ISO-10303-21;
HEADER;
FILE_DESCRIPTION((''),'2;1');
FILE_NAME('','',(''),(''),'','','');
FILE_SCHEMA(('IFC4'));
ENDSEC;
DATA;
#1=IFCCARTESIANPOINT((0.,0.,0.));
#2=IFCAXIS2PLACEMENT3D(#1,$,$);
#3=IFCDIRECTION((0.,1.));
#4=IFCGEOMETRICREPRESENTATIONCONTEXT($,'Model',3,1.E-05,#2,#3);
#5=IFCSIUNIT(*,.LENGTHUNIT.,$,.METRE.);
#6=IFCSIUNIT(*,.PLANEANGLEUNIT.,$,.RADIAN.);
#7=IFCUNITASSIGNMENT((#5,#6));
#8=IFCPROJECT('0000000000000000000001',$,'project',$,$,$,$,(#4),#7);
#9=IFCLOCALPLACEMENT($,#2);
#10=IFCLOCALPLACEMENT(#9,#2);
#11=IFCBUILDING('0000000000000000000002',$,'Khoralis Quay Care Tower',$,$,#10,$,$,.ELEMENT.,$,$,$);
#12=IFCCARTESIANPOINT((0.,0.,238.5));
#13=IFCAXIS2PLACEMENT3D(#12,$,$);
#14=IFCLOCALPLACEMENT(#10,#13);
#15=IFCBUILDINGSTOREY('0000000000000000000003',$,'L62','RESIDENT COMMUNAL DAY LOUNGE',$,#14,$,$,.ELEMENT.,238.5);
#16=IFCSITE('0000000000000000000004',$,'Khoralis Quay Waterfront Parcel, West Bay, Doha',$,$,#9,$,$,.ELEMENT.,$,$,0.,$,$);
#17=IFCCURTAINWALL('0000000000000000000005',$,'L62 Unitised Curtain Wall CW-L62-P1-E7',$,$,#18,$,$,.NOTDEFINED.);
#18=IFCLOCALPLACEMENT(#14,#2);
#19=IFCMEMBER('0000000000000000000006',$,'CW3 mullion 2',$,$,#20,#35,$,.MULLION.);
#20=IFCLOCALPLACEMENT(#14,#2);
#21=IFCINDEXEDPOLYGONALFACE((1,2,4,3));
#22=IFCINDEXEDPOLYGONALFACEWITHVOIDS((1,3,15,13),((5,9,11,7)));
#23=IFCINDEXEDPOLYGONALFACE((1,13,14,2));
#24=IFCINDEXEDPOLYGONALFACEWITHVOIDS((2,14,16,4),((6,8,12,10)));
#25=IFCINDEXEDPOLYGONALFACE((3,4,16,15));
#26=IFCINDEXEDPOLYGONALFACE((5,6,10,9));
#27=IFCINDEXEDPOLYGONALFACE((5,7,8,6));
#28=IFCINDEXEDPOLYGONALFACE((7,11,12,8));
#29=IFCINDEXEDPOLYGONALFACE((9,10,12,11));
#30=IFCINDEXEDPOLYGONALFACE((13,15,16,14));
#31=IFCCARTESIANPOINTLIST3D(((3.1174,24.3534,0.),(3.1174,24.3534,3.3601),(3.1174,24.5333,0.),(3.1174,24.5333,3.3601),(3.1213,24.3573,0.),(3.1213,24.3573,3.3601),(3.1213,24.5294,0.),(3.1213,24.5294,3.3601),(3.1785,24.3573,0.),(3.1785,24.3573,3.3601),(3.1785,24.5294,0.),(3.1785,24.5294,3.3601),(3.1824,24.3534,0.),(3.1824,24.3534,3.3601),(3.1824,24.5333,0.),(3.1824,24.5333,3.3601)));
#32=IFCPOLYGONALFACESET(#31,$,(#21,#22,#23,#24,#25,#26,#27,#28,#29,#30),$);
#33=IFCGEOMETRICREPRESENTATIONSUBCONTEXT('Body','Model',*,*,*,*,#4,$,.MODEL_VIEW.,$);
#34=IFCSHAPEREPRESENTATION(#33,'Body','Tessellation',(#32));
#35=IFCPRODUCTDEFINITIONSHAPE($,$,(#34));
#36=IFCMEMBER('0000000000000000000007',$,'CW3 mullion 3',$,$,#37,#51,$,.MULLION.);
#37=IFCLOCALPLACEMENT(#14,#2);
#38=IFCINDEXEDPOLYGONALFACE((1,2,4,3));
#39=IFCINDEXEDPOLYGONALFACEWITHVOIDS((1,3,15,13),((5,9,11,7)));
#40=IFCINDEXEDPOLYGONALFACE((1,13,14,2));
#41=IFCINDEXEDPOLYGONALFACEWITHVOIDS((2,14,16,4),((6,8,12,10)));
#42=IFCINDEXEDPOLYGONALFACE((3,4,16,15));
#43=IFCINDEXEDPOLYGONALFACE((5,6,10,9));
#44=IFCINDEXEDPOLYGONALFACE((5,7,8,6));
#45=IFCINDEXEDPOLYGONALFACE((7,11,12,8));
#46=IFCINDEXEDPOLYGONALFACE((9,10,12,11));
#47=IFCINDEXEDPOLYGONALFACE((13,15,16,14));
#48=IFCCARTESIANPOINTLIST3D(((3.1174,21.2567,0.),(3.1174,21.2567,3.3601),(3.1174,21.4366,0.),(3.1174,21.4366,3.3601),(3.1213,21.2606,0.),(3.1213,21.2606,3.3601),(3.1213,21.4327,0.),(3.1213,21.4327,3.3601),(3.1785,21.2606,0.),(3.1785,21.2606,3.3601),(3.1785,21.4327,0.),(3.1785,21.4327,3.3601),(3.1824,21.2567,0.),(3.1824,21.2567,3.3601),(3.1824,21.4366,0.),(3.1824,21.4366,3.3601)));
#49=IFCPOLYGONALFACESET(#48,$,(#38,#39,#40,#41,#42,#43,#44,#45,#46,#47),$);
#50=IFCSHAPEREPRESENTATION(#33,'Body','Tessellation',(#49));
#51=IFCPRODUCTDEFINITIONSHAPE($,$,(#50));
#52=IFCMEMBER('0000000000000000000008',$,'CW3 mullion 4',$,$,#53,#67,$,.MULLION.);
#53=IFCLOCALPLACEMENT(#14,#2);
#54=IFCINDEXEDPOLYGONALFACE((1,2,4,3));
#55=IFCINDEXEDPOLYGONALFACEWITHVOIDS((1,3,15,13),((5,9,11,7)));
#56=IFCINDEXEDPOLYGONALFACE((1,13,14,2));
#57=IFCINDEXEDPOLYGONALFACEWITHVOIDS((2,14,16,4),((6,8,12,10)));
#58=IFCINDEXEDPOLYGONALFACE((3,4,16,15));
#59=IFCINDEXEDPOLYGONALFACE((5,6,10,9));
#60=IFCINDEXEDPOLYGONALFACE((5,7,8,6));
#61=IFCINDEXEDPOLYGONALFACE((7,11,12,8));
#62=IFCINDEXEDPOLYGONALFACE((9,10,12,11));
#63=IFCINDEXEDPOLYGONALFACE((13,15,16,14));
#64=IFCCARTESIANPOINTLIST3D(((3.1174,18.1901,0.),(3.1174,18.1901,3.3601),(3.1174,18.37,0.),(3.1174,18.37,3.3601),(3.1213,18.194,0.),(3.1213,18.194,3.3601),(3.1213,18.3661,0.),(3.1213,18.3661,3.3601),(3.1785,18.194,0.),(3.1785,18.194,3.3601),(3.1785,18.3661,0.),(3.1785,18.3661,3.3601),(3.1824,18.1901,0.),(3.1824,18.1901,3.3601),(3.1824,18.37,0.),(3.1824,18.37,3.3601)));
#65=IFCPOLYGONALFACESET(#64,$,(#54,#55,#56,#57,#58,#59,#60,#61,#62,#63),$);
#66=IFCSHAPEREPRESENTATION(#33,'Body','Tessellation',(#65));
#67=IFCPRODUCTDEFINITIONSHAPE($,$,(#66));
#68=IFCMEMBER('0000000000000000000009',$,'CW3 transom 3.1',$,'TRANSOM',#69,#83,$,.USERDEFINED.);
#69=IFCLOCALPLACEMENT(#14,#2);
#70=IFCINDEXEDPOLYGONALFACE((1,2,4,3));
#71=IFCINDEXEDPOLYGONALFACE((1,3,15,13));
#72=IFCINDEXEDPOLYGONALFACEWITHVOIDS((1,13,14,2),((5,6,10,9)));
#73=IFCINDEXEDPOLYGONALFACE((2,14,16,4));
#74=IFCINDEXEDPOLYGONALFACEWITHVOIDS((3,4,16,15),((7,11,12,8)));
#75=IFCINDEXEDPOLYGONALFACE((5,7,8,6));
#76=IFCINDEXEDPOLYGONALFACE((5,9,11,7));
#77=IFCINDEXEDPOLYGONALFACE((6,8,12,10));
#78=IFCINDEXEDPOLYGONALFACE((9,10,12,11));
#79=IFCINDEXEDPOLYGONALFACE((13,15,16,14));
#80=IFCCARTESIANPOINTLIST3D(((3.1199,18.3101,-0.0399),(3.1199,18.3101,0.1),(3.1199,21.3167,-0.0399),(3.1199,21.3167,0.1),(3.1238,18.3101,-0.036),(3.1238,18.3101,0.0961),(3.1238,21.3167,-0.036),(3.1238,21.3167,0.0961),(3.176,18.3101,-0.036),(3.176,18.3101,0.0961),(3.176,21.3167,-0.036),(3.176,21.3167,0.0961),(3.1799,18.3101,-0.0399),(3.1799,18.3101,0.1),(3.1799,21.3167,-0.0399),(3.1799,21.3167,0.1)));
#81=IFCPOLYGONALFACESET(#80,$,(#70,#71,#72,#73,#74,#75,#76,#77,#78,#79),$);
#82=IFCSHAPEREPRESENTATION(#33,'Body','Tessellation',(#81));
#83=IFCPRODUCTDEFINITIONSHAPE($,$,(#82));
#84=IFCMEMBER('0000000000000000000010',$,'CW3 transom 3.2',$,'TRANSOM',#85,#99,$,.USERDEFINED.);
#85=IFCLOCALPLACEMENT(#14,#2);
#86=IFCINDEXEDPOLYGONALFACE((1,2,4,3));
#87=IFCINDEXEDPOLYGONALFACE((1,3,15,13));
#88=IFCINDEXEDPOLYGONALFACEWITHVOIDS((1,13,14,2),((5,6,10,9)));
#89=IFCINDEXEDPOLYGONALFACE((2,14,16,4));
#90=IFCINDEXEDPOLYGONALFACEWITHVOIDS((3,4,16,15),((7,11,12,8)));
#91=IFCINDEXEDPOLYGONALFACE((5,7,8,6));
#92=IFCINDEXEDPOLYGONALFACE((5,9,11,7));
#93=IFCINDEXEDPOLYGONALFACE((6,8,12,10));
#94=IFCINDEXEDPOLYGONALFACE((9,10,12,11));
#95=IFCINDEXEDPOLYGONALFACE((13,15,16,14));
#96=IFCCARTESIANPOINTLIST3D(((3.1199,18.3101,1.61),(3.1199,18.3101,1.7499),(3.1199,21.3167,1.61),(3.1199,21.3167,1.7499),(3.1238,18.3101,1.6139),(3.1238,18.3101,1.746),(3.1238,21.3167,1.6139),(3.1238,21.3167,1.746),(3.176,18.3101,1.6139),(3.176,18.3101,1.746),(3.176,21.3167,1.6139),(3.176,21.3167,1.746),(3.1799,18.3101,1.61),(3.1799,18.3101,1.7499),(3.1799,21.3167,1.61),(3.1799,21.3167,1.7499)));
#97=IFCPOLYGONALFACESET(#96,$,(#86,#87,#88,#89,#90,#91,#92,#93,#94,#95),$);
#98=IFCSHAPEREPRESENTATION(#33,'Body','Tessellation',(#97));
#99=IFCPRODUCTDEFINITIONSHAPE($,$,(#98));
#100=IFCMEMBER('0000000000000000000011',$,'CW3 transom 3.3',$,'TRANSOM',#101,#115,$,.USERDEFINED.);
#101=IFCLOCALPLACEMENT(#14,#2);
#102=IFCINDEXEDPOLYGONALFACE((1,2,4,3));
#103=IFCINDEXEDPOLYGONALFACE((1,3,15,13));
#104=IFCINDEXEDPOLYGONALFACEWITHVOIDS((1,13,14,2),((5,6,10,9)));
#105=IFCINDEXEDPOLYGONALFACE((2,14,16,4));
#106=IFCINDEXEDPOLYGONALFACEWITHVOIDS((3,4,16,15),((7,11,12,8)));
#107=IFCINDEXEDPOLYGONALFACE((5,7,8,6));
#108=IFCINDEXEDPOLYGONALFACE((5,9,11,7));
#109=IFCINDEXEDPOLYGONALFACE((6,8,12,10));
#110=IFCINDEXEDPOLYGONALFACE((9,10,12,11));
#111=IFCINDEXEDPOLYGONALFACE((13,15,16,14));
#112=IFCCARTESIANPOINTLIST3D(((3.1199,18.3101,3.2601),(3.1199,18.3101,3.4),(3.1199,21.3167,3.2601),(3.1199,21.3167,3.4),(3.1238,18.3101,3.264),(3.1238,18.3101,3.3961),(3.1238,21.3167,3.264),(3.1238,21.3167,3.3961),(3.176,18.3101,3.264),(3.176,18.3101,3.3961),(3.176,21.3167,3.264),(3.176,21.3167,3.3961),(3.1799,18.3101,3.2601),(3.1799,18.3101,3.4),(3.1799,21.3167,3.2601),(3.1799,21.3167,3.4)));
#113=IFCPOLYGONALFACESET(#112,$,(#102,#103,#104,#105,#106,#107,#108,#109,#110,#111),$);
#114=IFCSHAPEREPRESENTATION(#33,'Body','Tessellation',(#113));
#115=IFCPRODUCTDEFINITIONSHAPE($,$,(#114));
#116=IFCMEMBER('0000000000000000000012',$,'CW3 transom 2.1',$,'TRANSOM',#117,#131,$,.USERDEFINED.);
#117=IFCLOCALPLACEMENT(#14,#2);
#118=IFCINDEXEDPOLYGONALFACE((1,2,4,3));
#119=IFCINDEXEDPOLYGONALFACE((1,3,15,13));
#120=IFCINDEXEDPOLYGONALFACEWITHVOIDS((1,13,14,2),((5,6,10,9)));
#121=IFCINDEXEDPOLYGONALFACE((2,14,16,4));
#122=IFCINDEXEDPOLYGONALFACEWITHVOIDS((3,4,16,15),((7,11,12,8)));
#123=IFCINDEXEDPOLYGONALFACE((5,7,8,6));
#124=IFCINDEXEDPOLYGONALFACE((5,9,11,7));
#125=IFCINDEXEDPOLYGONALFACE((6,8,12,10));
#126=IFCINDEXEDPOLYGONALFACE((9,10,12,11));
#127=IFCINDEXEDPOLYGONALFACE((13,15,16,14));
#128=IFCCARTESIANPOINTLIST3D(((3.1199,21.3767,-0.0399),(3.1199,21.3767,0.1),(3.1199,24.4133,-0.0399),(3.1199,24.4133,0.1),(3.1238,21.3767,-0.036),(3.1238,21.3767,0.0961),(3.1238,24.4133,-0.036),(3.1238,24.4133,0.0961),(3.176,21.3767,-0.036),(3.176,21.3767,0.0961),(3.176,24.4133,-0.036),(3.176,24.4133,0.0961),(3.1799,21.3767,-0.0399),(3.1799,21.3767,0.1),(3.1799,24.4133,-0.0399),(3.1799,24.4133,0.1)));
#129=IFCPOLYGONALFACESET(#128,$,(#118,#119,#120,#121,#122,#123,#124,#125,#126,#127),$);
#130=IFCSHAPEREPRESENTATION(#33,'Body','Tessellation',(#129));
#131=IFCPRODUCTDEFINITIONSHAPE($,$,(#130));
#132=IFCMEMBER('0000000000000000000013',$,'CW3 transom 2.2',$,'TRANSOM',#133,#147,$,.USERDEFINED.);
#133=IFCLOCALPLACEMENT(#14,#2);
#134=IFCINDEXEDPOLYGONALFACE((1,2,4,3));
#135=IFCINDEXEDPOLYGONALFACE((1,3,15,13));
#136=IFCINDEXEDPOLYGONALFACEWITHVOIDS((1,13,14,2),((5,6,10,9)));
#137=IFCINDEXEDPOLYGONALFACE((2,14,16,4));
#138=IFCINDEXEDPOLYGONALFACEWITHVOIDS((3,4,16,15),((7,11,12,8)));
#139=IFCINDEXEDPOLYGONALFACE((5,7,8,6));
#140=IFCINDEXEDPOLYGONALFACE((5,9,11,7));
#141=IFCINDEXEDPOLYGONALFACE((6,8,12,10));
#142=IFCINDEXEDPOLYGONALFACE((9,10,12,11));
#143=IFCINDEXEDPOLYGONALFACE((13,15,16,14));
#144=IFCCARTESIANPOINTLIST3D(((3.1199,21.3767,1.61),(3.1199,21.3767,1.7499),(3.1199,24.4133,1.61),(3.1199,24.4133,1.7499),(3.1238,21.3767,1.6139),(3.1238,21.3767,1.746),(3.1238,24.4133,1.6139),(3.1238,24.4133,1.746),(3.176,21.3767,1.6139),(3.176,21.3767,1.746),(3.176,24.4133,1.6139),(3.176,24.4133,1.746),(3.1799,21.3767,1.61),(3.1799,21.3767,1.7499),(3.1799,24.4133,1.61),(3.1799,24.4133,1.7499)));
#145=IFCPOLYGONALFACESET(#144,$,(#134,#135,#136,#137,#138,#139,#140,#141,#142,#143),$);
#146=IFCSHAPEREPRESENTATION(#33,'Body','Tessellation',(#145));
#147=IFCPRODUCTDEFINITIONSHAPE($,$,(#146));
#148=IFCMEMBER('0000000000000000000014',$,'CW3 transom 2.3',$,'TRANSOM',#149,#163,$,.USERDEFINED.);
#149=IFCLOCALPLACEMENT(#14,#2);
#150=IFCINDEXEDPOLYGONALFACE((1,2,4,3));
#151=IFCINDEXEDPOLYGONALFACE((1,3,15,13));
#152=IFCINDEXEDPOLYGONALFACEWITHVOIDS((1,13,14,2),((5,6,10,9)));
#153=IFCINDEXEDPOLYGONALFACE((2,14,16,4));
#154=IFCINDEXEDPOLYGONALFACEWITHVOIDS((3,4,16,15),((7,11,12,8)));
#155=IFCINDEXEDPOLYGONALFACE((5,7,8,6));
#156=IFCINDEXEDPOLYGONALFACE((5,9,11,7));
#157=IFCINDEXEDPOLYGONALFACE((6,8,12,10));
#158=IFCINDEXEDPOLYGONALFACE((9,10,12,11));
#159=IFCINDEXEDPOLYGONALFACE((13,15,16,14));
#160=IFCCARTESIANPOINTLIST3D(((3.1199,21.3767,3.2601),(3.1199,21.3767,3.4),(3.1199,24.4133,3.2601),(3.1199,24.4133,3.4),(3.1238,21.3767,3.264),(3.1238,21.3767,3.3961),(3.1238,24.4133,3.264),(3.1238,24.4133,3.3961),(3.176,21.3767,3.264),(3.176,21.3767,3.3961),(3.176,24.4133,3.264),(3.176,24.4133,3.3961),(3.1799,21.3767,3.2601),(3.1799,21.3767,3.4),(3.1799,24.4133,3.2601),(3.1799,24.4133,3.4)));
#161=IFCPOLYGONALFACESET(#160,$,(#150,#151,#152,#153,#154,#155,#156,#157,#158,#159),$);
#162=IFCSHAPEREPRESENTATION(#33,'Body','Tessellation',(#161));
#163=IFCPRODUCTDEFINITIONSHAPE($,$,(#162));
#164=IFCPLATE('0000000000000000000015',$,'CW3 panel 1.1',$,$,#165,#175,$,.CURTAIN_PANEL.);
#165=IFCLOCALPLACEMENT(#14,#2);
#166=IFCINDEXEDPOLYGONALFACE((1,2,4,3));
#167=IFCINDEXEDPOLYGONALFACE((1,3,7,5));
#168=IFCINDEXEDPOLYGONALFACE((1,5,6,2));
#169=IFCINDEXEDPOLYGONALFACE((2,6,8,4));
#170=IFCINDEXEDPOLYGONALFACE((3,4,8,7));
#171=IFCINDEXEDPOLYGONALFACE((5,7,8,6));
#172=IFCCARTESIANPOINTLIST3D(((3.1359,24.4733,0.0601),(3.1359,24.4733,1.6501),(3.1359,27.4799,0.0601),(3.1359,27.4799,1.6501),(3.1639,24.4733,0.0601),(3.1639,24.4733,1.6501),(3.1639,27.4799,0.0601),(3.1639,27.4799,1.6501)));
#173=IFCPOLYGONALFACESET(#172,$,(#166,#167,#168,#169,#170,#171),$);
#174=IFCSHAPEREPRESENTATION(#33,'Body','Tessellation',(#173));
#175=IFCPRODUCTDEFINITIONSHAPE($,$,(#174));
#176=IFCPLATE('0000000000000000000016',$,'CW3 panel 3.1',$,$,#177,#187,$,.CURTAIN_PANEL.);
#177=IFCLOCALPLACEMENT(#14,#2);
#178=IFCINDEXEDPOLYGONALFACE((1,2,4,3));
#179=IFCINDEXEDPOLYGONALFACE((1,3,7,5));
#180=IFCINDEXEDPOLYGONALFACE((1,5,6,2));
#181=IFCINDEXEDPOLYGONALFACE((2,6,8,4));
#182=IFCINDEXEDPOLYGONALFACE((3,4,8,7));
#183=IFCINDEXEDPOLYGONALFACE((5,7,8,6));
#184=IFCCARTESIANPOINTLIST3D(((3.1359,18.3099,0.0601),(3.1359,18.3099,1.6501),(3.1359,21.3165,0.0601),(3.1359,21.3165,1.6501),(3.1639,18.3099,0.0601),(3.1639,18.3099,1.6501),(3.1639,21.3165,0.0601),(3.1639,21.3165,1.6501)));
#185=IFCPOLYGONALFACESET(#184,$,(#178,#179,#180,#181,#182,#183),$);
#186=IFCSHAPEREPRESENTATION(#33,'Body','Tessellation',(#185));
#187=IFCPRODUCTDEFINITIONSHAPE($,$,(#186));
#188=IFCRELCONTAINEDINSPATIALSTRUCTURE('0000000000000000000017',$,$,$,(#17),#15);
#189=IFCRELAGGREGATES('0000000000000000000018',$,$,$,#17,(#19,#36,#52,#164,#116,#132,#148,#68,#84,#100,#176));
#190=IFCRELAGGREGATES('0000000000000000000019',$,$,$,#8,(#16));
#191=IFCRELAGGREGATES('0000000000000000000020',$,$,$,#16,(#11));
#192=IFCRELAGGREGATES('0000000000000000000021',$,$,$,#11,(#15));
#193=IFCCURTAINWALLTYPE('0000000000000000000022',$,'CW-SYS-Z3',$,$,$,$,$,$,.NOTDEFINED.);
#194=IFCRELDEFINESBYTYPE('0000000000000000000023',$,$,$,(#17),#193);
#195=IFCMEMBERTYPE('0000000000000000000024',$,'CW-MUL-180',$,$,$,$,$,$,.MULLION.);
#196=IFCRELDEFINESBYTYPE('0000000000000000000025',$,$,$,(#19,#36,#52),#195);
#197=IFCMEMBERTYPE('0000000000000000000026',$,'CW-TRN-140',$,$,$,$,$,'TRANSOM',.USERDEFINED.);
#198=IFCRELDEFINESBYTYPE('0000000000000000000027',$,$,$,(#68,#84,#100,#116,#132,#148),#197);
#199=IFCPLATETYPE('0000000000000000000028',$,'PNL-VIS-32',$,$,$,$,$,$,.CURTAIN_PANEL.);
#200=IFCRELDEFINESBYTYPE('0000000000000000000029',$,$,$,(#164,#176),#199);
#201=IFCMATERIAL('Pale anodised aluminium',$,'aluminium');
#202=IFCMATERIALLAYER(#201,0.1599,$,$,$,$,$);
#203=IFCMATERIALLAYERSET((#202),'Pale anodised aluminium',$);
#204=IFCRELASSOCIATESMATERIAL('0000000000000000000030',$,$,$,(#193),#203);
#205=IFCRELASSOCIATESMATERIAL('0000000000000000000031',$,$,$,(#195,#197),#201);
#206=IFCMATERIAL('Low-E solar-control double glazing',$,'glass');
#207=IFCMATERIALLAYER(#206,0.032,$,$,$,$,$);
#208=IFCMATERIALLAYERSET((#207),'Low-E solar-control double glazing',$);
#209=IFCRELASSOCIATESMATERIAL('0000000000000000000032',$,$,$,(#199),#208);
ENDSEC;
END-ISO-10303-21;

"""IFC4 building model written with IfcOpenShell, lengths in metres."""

from ifc_helpers import new_model, si_unit, direction, frame, origin, origin_2d, place, context, subcontext, project, spatial, rectangle, hollow_rectangle, extrude, source, transform, mapped, material, layer, layer_set, material_profile, profile_set, type_object, element, aggregate, save


model = new_model("IFC4")

# Units and contexts
model_context = context("Model", 3, precision=1e-05, world=origin(), true_north=direction((0.0, 1.0)))
body_context = subcontext(model_context, "Body", "Model", "MODEL_VIEW")
ifc_project = project(units=[si_unit("LENGTHUNIT", "METRE"), si_unit("PLANEANGLEUNIT", "RADIAN")], contexts=[model_context])

# Site, building, storey
site_placement = place(None, origin())
site = spatial("IfcSite", under=ifc_project, at=site_placement, Name="Khoralis Quay Waterfront Parcel, West Bay, Doha", CompositionType="ELEMENT", RefElevation=0.0)
building_placement = place(site_placement, origin())
building = spatial("IfcBuilding", under=site, at=building_placement, Name="Khoralis Quay Care Tower", CompositionType="ELEMENT")
storey_placement = place(building_placement, frame((0.0, 0.0, 238.5)))
storey = spatial("IfcBuildingStorey", under=building, at=storey_placement, Name="L62", Description="RESIDENT COMMUNAL DAY LOUNGE", CompositionType="ELEMENT", Elevation=238.5)

# Curtain wall, members, plates
ifc_material_1 = material(Name="Pale anodised aluminium", Category="aluminium")
ifc_layer_1 = layer(ifc_material_1, 0.1599)
ifc_layer_set_1 = layer_set([ifc_layer_1], Name="Pale anodised aluminium")
curtain_wall_type = type_object("IfcCurtainWallType", Name="CW-SYS-Z3", PredefinedType="NOTDEFINED", material=ifc_layer_set_1)
curtain_wall_placement = place(storey_placement, origin())
curtain_wall = element("IfcCurtainWall", 1, at=curtain_wall_placement, inside=storey, type_object=curtain_wall_type, Name="L62 Unitised Curtain Wall CW-L62-P1-E7", PredefinedType="NOTDEFINED")
ifc_material_profile_1 = material_profile(ifc_material_1, hollow_rectangle(XDim=0.0649, YDim=0.1799, WallThickness=0.0039, at=origin_2d()), Name="Pale anodised aluminium")
ifc_profile_set_1 = profile_set([ifc_material_profile_1], Name="Pale anodised aluminium")
member_type_1 = type_object("IfcMemberType", Name="CW-MUL-180", PredefinedType="MULLION", material=ifc_profile_set_1)
shared_shape_1 = source(origin(), body_context, "Body", "SweptSolid", [
    extrude(hollow_rectangle(XDim=0.0649, YDim=0.1799, WallThickness=0.0039, at=origin_2d()), origin(), (0.0, 0.0, 1.0), 3.3601),
])
member_1_placement = place(storey_placement, frame((3.1499, 24.4434, 0.0), z_axis=(0.0, 0.0, 1.0), x_axis=(1.0, 0.0, 0.0)))
member_1 = element("IfcMember", 2, at=member_1_placement, type_object=member_type_1, Name="CW3 mullion 2", PredefinedType="MULLION", context=body_context, shape_type="MappedRepresentation", body=[
    mapped(shared_shape_1, transform((0.0, 0.0, 0.0), scale=1.0)),
])
member_2_placement = place(storey_placement, frame((3.1499, 21.3467, 0.0), z_axis=(0.0, 0.0, 1.0), x_axis=(1.0, 0.0, 0.0)))
member_2 = element("IfcMember", 3, at=member_2_placement, type_object=member_type_1, Name="CW3 mullion 3", PredefinedType="MULLION", context=body_context, shape_type="MappedRepresentation", body=[
    mapped(shared_shape_1, transform((0.0, 0.0, 0.0), scale=1.0)),
])
member_3_placement = place(storey_placement, frame((3.1499, 18.28, 0.0), z_axis=(0.0, 0.0, 1.0), x_axis=(1.0, 0.0, 0.0)))
member_3 = element("IfcMember", 4, at=member_3_placement, type_object=member_type_1, Name="CW3 mullion 4", PredefinedType="MULLION", context=body_context, shape_type="MappedRepresentation", body=[
    mapped(shared_shape_1, transform((0.0, 0.0, 0.0), scale=1.0)),
])
ifc_material_profile_2 = material_profile(ifc_material_1, hollow_rectangle(XDim=0.0601, YDim=0.1399, WallThickness=0.0039, at=origin_2d()), Name="Pale anodised aluminium")
ifc_profile_set_2 = profile_set([ifc_material_profile_2], Name="Pale anodised aluminium")
member_type_2 = type_object("IfcMemberType", Name="CW-TRN-140", ElementType="TRANSOM", PredefinedType="USERDEFINED", material=ifc_profile_set_2)
shared_shape_2 = source(origin(), body_context, "Body", "SweptSolid", [
    extrude(hollow_rectangle(XDim=0.0601, YDim=0.1399, WallThickness=0.0039, at=origin_2d()), origin(), (0.0, 0.0, 1.0), 3.0066),
])
member_4_placement = place(storey_placement, frame((3.1499, 21.3167, 0.03), z_axis=(0.0, -1.0, 0.0), x_axis=(1.0, 0.0, 0.0)))
member_4 = element("IfcMember", 5, at=member_4_placement, type_object=member_type_2, Name="CW3 transom 3.1", ObjectType="TRANSOM", PredefinedType="USERDEFINED", context=body_context, shape_type="MappedRepresentation", body=[
    mapped(shared_shape_2, transform((0.0, 0.0, 0.0), scale=1.0)),
])
member_5_placement = place(storey_placement, frame((3.1499, 21.3167, 1.6799), z_axis=(0.0, -1.0, 0.0), x_axis=(1.0, 0.0, 0.0)))
member_5 = element("IfcMember", 6, at=member_5_placement, type_object=member_type_2, Name="CW3 transom 3.2", ObjectType="TRANSOM", PredefinedType="USERDEFINED", context=body_context, shape_type="MappedRepresentation", body=[
    mapped(shared_shape_2, transform((0.0, 0.0, 0.0), scale=1.0)),
])
member_6_placement = place(storey_placement, frame((3.1499, 21.3167, 3.3301), z_axis=(0.0, -1.0, 0.0), x_axis=(1.0, 0.0, 0.0)))
member_6 = element("IfcMember", 7, at=member_6_placement, type_object=member_type_2, Name="CW3 transom 3.3", ObjectType="TRANSOM", PredefinedType="USERDEFINED", context=body_context, shape_type="MappedRepresentation", body=[
    mapped(shared_shape_2, transform((0.0, 0.0, 0.0), scale=1.0)),
])
shared_shape_3 = source(origin(), body_context, "Body", "SweptSolid", [
    extrude(hollow_rectangle(XDim=0.0601, YDim=0.1399, WallThickness=0.0039, at=origin_2d()), origin(), (0.0, 0.0, 1.0), 3.0366),
])
member_7_placement = place(storey_placement, frame((3.1499, 24.4133, 0.03), z_axis=(0.0, -1.0, 0.0), x_axis=(1.0, 0.0, 0.0)))
member_7 = element("IfcMember", 8, at=member_7_placement, type_object=member_type_2, Name="CW3 transom 2.1", ObjectType="TRANSOM", PredefinedType="USERDEFINED", context=body_context, shape_type="MappedRepresentation", body=[
    mapped(shared_shape_3, transform((0.0, 0.0, 0.0), scale=1.0)),
])
member_8_placement = place(storey_placement, frame((3.1499, 24.4133, 1.6799), z_axis=(0.0, -1.0, 0.0), x_axis=(1.0, 0.0, 0.0)))
member_8 = element("IfcMember", 9, at=member_8_placement, type_object=member_type_2, Name="CW3 transom 2.2", ObjectType="TRANSOM", PredefinedType="USERDEFINED", context=body_context, shape_type="MappedRepresentation", body=[
    mapped(shared_shape_3, transform((0.0, 0.0, 0.0), scale=1.0)),
])
member_9_placement = place(storey_placement, frame((3.1499, 24.4133, 3.3301), z_axis=(0.0, -1.0, 0.0), x_axis=(1.0, 0.0, 0.0)))
member_9 = element("IfcMember", 10, at=member_9_placement, type_object=member_type_2, Name="CW3 transom 2.3", ObjectType="TRANSOM", PredefinedType="USERDEFINED", context=body_context, shape_type="MappedRepresentation", body=[
    mapped(shared_shape_3, transform((0.0, 0.0, 0.0), scale=1.0)),
])
ifc_material_2 = material(Name="Low-E solar-control double glazing", Category="glass")
ifc_layer_2 = layer(ifc_material_2, 0.032)
ifc_layer_set_2 = layer_set([ifc_layer_2], Name="Low-E solar-control double glazing")
plate_type = type_object("IfcPlateType", Name="PNL-VIS-32", PredefinedType="CURTAIN_PANEL", material=ifc_layer_set_2)
shared_shape_4 = source(origin(), body_context, "Body", "SweptSolid", [
    extrude(rectangle(XDim=3.0066, YDim=0.0281, at=origin_2d()), origin(), (0.0, 0.0, 1.0), 1.5901),
])
plate_1_placement = place(storey_placement, frame((3.1499, 25.9766, 0.0601), z_axis=(0.0, 0.0, 1.0), x_axis=(0.0, -1.0, 0.0)))
plate_1 = element("IfcPlate", 11, at=plate_1_placement, type_object=plate_type, Name="CW3 panel 1.1", PredefinedType="CURTAIN_PANEL", context=body_context, shape_type="MappedRepresentation", body=[
    mapped(shared_shape_4, transform((0.0, 0.0, 0.0), scale=1.0)),
])
plate_2_placement = place(storey_placement, frame((3.1499, 19.8132, 0.0601), z_axis=(0.0, 0.0, 1.0), x_axis=(0.0, -1.0, 0.0)))
plate_2 = element("IfcPlate", 12, at=plate_2_placement, type_object=plate_type, Name="CW3 panel 3.1", PredefinedType="CURTAIN_PANEL", context=body_context, shape_type="MappedRepresentation", body=[
    mapped(shared_shape_4, transform((0.0, 0.0, 0.0), scale=1.0)),
])
aggregate(curtain_wall, [member_1, member_2, member_3, plate_1, member_7, member_8, member_9, member_4, member_5, member_6, plate_2])

save(model, "model.ifc")
